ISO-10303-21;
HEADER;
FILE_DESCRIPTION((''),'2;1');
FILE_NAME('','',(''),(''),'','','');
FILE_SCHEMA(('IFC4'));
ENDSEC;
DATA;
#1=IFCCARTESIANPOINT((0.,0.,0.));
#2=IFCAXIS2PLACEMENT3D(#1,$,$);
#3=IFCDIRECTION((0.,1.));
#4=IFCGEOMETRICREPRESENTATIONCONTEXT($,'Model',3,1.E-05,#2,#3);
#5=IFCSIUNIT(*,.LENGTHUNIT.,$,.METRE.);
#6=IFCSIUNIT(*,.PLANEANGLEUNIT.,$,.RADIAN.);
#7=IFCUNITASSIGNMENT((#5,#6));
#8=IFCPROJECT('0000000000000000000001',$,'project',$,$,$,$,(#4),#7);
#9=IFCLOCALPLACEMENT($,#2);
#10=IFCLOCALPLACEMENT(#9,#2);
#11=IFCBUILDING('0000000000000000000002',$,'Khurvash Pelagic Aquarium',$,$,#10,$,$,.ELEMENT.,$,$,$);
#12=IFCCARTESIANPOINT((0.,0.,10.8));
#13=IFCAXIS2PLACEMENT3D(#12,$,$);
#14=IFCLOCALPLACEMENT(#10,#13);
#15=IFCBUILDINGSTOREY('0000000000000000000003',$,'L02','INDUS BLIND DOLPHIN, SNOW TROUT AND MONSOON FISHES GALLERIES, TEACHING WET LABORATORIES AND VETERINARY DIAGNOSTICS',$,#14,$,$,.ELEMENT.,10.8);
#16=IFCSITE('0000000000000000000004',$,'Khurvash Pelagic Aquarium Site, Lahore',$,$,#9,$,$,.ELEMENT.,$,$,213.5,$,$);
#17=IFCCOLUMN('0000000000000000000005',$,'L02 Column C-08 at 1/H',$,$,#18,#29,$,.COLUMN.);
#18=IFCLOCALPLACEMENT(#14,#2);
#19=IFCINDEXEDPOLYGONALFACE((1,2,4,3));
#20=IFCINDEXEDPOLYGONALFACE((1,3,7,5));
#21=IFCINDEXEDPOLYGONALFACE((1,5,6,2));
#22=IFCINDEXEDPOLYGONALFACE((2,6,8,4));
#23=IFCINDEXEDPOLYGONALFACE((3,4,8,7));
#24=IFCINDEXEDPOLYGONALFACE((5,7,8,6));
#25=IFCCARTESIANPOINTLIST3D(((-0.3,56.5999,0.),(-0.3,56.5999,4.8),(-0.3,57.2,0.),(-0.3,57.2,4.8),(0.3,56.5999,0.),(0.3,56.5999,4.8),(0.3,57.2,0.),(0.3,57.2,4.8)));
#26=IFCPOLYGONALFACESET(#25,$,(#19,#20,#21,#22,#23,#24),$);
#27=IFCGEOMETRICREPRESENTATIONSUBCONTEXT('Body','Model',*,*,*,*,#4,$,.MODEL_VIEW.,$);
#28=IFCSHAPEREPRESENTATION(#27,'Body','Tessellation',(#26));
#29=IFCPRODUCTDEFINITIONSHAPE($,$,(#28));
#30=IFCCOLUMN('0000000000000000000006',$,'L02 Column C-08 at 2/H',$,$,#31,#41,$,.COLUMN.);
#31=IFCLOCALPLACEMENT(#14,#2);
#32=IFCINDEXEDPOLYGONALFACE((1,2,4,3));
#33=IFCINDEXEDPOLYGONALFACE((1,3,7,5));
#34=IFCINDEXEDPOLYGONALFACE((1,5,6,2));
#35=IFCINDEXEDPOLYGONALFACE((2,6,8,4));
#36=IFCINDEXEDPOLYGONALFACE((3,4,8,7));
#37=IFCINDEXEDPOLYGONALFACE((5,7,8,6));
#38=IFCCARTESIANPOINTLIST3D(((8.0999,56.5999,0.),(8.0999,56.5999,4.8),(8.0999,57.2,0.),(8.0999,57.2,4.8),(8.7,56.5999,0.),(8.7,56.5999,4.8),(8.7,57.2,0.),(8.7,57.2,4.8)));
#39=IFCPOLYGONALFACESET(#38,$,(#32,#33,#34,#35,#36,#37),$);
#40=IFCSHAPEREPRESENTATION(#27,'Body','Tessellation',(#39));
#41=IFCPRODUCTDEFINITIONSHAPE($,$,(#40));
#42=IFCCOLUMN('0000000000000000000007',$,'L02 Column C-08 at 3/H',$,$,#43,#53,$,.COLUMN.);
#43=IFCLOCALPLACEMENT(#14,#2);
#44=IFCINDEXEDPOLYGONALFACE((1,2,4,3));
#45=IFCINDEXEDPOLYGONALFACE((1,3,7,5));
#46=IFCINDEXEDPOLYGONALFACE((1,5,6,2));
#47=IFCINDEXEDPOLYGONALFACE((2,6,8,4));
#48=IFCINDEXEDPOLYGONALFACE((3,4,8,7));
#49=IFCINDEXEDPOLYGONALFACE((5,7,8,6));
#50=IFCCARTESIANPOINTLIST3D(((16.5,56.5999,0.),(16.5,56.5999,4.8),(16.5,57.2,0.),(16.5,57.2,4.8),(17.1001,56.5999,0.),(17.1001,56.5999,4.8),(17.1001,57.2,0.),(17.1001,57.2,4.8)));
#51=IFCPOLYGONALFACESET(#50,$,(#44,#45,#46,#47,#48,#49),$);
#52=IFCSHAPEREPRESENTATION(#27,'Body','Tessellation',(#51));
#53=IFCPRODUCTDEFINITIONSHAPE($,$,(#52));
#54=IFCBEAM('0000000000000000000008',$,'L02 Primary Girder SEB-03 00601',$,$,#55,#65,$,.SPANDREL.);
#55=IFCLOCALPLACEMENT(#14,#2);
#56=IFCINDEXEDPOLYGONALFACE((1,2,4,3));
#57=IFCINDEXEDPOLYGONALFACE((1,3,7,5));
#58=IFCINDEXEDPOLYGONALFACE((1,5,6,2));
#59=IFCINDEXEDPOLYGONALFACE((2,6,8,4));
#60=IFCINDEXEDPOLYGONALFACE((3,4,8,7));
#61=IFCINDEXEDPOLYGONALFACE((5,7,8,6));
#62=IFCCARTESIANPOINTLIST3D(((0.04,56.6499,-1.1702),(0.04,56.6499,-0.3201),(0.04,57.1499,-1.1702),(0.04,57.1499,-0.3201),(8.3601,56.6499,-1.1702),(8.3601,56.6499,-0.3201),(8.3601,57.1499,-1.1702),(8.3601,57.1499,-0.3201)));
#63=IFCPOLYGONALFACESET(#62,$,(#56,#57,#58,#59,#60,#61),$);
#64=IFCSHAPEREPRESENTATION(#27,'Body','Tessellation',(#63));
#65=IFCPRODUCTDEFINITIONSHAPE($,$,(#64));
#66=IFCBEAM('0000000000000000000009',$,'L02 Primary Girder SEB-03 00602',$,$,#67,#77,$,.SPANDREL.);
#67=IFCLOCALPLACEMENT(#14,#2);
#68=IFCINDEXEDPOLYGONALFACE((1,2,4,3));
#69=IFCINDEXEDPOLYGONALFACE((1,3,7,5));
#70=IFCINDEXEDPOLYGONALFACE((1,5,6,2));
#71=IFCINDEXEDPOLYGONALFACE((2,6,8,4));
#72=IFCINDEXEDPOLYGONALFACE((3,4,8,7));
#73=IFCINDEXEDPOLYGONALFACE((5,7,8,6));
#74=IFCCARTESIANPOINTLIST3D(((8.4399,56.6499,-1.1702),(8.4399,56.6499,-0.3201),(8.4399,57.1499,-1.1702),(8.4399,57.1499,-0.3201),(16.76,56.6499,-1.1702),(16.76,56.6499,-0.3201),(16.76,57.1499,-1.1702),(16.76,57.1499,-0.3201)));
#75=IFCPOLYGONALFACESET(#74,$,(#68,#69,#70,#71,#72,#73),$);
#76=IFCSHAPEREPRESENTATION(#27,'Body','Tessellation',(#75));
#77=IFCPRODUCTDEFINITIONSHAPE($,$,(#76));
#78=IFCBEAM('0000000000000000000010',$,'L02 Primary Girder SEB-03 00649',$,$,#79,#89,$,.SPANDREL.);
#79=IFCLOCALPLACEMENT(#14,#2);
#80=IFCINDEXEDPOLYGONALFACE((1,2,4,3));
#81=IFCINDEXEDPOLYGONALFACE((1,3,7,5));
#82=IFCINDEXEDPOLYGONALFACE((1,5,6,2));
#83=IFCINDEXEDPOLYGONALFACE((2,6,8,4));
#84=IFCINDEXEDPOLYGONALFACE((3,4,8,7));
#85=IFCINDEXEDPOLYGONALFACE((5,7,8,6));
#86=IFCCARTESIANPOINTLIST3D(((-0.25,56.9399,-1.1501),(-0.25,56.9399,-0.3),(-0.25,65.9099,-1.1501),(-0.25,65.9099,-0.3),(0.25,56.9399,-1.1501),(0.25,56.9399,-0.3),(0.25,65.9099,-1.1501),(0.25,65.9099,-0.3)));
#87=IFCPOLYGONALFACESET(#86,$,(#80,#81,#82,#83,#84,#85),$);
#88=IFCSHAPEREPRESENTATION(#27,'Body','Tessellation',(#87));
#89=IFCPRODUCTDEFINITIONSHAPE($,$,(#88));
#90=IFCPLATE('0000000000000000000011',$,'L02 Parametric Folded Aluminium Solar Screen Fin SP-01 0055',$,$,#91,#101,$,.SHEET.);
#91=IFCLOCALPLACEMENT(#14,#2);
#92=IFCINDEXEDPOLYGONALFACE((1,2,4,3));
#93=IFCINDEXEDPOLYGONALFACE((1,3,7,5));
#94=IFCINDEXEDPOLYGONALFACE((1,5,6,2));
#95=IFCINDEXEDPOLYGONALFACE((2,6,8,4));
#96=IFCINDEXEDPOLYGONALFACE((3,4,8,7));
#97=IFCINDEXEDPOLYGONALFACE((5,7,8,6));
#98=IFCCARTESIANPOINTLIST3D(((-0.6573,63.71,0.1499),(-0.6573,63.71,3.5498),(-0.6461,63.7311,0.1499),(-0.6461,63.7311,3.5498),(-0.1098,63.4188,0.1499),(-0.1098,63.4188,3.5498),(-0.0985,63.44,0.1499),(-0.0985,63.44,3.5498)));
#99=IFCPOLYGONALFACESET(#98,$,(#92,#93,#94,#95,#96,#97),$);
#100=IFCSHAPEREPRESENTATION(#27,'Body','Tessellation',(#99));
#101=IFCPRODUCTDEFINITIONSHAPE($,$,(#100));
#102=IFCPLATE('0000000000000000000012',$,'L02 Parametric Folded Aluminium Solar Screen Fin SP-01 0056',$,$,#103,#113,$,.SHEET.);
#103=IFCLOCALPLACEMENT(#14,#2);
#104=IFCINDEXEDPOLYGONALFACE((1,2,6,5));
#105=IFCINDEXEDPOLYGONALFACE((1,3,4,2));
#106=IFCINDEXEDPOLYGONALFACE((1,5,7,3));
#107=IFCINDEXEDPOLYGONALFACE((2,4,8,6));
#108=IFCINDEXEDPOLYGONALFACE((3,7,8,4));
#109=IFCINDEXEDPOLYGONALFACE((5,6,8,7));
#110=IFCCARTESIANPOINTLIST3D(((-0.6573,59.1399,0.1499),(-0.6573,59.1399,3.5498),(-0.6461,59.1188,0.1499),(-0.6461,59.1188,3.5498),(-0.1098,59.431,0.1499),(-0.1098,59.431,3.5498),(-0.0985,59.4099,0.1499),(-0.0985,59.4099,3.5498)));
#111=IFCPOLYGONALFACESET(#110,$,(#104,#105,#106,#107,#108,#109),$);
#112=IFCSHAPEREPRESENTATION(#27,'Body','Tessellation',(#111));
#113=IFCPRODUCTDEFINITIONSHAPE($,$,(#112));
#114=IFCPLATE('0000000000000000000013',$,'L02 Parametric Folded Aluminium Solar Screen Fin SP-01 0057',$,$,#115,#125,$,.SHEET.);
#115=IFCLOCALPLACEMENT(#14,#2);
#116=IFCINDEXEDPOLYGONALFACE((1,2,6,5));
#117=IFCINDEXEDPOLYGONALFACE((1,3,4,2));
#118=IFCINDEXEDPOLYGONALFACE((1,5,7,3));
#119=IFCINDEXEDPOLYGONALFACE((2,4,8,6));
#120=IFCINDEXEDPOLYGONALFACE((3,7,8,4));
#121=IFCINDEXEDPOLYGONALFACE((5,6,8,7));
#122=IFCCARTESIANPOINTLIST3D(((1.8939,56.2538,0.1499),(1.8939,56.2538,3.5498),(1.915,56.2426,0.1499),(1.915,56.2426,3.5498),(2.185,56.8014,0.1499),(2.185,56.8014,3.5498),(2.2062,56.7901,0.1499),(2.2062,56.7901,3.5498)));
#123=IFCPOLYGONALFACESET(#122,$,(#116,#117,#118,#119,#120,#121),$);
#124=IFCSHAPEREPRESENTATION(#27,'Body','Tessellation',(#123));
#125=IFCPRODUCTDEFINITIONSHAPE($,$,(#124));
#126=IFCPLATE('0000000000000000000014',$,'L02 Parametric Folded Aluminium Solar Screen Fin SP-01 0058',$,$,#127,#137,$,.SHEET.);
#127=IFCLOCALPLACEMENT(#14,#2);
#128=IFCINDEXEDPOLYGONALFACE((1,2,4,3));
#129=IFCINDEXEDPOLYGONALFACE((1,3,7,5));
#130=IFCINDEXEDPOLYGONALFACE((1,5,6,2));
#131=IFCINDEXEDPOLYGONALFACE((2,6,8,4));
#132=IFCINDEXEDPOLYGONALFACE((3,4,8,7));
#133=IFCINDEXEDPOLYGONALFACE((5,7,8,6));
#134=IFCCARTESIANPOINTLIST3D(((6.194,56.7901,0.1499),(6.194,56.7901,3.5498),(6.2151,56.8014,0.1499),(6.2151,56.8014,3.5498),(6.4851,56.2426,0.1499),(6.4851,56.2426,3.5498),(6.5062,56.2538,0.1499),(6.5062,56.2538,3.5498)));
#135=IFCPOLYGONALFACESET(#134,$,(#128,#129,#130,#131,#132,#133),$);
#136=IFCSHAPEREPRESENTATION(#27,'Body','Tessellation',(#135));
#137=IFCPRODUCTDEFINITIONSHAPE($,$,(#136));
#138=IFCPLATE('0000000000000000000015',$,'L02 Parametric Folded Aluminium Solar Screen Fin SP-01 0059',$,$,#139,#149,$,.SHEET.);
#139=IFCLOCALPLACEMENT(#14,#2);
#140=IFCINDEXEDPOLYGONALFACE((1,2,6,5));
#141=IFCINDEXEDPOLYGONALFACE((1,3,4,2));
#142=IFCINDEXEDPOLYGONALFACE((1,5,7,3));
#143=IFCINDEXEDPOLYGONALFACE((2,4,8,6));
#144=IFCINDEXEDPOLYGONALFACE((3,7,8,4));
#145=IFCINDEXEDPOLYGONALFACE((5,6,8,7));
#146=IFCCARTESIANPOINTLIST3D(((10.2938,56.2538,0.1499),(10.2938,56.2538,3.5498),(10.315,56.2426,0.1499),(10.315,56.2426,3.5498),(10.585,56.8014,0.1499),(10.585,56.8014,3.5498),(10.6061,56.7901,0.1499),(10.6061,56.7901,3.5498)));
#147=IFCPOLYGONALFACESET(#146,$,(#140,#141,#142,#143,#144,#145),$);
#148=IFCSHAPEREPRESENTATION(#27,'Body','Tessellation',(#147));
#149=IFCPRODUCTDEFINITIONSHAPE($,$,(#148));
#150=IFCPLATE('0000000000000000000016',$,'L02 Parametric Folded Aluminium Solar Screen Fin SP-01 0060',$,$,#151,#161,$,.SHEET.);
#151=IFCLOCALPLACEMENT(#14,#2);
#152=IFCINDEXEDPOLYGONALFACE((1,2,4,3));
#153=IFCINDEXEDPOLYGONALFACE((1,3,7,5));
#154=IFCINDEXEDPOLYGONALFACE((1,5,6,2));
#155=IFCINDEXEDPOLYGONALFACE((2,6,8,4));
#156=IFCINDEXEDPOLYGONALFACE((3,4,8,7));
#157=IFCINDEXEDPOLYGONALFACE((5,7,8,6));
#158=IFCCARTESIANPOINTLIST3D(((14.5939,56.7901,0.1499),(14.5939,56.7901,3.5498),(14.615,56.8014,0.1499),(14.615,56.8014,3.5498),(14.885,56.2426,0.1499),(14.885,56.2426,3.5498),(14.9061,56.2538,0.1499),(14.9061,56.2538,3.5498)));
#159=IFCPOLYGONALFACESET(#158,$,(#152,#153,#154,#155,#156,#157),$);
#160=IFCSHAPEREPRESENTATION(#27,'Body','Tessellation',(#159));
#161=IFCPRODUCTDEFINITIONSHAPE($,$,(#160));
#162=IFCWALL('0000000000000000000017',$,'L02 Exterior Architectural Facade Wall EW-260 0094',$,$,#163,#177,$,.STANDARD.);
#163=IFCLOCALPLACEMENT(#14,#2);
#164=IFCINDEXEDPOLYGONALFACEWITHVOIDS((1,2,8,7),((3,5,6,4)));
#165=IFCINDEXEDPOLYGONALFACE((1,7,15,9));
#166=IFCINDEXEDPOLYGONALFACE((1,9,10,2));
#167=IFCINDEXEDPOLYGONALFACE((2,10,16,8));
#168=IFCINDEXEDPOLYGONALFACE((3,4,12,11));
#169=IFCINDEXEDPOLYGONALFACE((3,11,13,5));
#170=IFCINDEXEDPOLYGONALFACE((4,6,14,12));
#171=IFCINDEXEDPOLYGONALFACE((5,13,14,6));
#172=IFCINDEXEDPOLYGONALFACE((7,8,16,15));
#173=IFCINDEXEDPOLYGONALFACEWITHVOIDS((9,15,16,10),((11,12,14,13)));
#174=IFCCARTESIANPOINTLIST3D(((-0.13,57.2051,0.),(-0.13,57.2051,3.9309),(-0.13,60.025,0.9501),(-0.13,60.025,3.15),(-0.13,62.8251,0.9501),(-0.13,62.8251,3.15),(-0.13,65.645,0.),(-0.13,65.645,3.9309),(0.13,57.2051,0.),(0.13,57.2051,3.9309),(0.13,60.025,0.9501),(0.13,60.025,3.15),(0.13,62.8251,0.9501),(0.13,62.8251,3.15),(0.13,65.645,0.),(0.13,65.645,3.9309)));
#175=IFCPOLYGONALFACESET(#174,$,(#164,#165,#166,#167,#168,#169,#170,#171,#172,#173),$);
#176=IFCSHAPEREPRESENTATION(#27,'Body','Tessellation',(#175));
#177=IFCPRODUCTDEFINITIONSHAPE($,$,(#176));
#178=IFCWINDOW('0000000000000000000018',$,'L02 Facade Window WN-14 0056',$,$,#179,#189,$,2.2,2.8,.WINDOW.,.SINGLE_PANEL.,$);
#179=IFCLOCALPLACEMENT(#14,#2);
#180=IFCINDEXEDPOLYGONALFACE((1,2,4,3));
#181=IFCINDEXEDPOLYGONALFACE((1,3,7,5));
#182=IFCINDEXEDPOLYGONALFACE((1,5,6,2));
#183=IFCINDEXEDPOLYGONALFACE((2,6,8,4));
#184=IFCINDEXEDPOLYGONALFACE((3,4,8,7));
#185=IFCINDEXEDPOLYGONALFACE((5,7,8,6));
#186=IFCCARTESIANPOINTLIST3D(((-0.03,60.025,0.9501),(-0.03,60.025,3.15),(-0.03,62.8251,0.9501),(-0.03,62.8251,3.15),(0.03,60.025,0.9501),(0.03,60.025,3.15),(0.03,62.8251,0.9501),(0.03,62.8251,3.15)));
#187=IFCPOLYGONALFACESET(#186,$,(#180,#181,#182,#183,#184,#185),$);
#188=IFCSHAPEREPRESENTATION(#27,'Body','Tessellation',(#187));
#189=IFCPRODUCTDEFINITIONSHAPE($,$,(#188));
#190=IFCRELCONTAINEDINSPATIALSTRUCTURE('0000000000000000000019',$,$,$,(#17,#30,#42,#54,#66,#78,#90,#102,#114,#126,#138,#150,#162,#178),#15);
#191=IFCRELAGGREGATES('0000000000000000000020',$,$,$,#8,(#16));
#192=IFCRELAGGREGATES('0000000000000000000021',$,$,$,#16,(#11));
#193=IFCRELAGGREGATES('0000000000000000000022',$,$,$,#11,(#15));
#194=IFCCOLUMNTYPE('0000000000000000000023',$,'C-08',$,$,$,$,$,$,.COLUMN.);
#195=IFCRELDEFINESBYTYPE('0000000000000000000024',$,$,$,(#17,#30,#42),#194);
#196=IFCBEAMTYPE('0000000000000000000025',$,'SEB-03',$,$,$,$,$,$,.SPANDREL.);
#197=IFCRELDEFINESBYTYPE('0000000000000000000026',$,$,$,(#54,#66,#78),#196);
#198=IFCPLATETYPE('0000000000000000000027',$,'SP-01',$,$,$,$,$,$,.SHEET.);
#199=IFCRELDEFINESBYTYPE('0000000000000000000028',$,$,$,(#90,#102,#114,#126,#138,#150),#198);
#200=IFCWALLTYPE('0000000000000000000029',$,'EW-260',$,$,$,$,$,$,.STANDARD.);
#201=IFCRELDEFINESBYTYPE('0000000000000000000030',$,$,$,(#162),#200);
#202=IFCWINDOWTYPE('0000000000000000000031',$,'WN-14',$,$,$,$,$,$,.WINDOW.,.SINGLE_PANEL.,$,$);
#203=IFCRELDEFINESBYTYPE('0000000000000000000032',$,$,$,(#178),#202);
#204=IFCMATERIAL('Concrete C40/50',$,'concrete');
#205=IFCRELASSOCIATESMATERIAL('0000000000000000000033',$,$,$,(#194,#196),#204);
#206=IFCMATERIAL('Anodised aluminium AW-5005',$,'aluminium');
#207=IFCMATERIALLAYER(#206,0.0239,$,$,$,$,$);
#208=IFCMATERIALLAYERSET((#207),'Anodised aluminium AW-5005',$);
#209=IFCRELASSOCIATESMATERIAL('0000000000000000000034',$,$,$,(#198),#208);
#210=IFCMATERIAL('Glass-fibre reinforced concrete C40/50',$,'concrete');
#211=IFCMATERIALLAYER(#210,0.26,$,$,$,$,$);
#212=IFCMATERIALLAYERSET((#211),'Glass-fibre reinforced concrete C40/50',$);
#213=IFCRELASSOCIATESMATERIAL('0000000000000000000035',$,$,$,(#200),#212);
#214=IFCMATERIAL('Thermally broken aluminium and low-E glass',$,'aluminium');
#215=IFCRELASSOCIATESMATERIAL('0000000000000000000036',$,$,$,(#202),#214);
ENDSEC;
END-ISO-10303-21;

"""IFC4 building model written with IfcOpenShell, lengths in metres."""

from ifc_helpers import new_model, si_unit, direction, frame, frame_2d, origin, origin_2d, place, context, subcontext, project, spatial, rectangle, extrude, material, layer, layer_set, material_profile, profile_set, type_object, element, fill, save


model = new_model("IFC4")

# Units and contexts
model_context = context("Model", 3, precision=1e-05, world=origin(), true_north=direction((0.0, 1.0)))
body_context = subcontext(model_context, "Body", "Model", "MODEL_VIEW")
ifc_project = project(units=[si_unit("LENGTHUNIT", "METRE"), si_unit("PLANEANGLEUNIT", "RADIAN")], contexts=[model_context])

# Site, building, storey
site_placement = place(None, origin())
site = spatial("IfcSite", under=ifc_project, at=site_placement, Name="Khurvash Pelagic Aquarium Site, Lahore", CompositionType="ELEMENT", RefElevation=213.5)
building_placement = place(site_placement, origin())
building = spatial("IfcBuilding", under=site, at=building_placement, Name="Khurvash Pelagic Aquarium", CompositionType="ELEMENT")
storey_placement = place(building_placement, frame((0.0, 0.0, 10.8)))
storey = spatial("IfcBuildingStorey", under=building, at=storey_placement, Name="L02", Description="INDUS BLIND DOLPHIN, SNOW TROUT AND MONSOON FISHES GALLERIES, TEACHING WET LABORATORIES AND VETERINARY DIAGNOSTICS", CompositionType="ELEMENT", Elevation=10.8)

# Columns
ifc_material_1 = material(Name="Concrete C40/50", Category="concrete")
ifc_material_profile_1 = material_profile(ifc_material_1, rectangle(XDim=0.6001, YDim=0.6001, at=origin_2d()), Name="RC600X600")
ifc_profile_set_1 = profile_set([ifc_material_profile_1], Name="Concrete C40/50")
column_type = type_object("IfcColumnType", Name="C-08", PredefinedType="COLUMN", material=ifc_profile_set_1)
for number, where, z_axis, x_axis, name in (
    (1, (0.0, 56.8999, 0.0), (0.0, 0.0, 1.0), (1.0, 0.0, 0.0), "L02 Column C-08 at 1/H"),
    (2, (8.3999, 56.8999, 0.0), (0.0, 0.0, 1.0), (1.0, 0.0, 0.0), "L02 Column C-08 at 2/H"),
    (3, (16.8, 56.8999, 0.0), (0.0, 0.0, 1.0), (1.0, 0.0, 0.0), "L02 Column C-08 at 3/H"),
):
    element("IfcColumn", number, at=place(storey_placement, frame(where, z_axis=z_axis, x_axis=x_axis)), inside=storey, type_object=column_type, Name=name, PredefinedType="COLUMN", context=body_context, shape_type="SweptSolid", body=[
        extrude(rectangle(XDim=0.6001, YDim=0.6001, at=origin_2d()), origin(), (0.0, 0.0, 1.0), 4.8),
    ])

# Beams
ifc_material_profile_2 = material_profile(ifc_material_1, rectangle(XDim=0.5, YDim=0.8501, at=origin_2d()), Name="RC500X850")
ifc_profile_set_2 = profile_set([ifc_material_profile_2], Name="Concrete C40/50")
beam_type = type_object("IfcBeamType", Name="SEB-03", PredefinedType="SPANDREL", material=ifc_profile_set_2)
for number, where, z_axis, x_axis, name in (
    (4, (0.04, 56.8999, -0.7451), (1.0, 0.0, 0.0), (0.0, 1.0, 0.0), "L02 Primary Girder SEB-03 00601"),
    (5, (8.4399, 56.8999, -0.7451), (1.0, 0.0, 0.0), (0.0, 1.0, 0.0), "L02 Primary Girder SEB-03 00602"),
):
    element("IfcBeam", number, at=place(storey_placement, frame(where, z_axis=z_axis, x_axis=x_axis)), inside=storey, type_object=beam_type, Name=name, PredefinedType="SPANDREL", context=body_context, shape_type="SweptSolid", body=[
        extrude(rectangle(XDim=0.5, YDim=0.8501, at=origin_2d()), origin(), (0.0, 0.0, 1.0), 8.3201),
    ])
beam_placement = place(storey_placement, frame((0.0, 56.9399, -0.7251), z_axis=(0.0, 1.0, 0.0), x_axis=(-1.0, 0.0, 0.0)))
element("IfcBeam", 6, at=beam_placement, inside=storey, type_object=beam_type, Name="L02 Primary Girder SEB-03 00649", PredefinedType="SPANDREL", context=body_context, shape_type="SweptSolid", body=[
    extrude(rectangle(XDim=0.5, YDim=0.8501, at=origin_2d()), origin(), (0.0, 0.0, 1.0), 8.97),
])

# Plates
ifc_material_2 = material(Name="Anodised aluminium AW-5005", Category="aluminium")
ifc_layer_1 = layer(ifc_material_2, 0.0239)
ifc_layer_set_1 = layer_set([ifc_layer_1], Name="Anodised aluminium AW-5005")
plate_type = type_object("IfcPlateType", Name="SP-01", PredefinedType="SHEET", material=ifc_layer_set_1)
for number, where, z_axis, x_axis, name in (
    (7, (-0.3779, 63.575, 0.1499), (0.0, 0.0, 1.0), (-0.882948, 0.469472, 0.0), "L02 Parametric Folded Aluminium Solar Screen Fin SP-01 0055"),
    (8, (-0.3779, 59.2749, 0.1499), (0.0, 0.0, 1.0), (-0.882948, -0.469472, 0.0), "L02 Parametric Folded Aluminium Solar Screen Fin SP-01 0056"),
    (9, (2.05, 56.522, 0.1499), (0.0, 0.0, 1.0), (-0.469472, -0.882948, 0.0), "L02 Parametric Folded Aluminium Solar Screen Fin SP-01 0057"),
    (10, (6.3501, 56.522, 0.1499), (0.0, 0.0, 1.0), (0.469472, -0.882948, 0.0), "L02 Parametric Folded Aluminium Solar Screen Fin SP-01 0058"),
    (11, (10.45, 56.522, 0.1499), (0.0, 0.0, 1.0), (-0.469472, -0.882948, 0.0), "L02 Parametric Folded Aluminium Solar Screen Fin SP-01 0059"),
    (12, (14.75, 56.522, 0.1499), (0.0, 0.0, 1.0), (0.469472, -0.882948, 0.0), "L02 Parametric Folded Aluminium Solar Screen Fin SP-01 0060"),
):
    element("IfcPlate", number, at=place(storey_placement, frame(where, z_axis=z_axis, x_axis=x_axis)), inside=storey, type_object=plate_type, Name=name, PredefinedType="SHEET", context=body_context, shape_type="SweptSolid", body=[
        extrude(rectangle(XDim=0.6201, YDim=0.0239, at=origin_2d()), origin(), (0.0, 0.0, 1.0), 3.3999),
    ])

# Wall, opening, window
ifc_material_3 = material(Name="Glass-fibre reinforced concrete C40/50", Category="concrete")
ifc_layer_2 = layer(ifc_material_3, 0.26)
ifc_layer_set_2 = layer_set([ifc_layer_2], Name="Glass-fibre reinforced concrete C40/50")
wall_type = type_object("IfcWallType", Name="EW-260", PredefinedType="STANDARD", material=ifc_layer_set_2)
wall_1_placement = place(storey_placement, frame((0.0, 65.645, 0.0), z_axis=(0.0, 0.0, 1.0), x_axis=(0.0, -1.0, 0.0)))
wall_1 = element("IfcWall", 13, at=wall_1_placement, inside=storey, type_object=wall_type, Name="L02 Exterior Architectural Facade Wall EW-260 0094", PredefinedType="STANDARD", context=body_context, shape_type="SweptSolid", body=[
    extrude(rectangle(XDim=8.4399, YDim=0.26, at=frame_2d((4.22, 0.0))), origin(), (0.0, 0.0, 1.0), 3.9309),
])
opening_1_placement = place(wall_1_placement, frame((2.8201, 0.0, 0.95)))
opening_1 = element("IfcOpeningElement", 14, at=opening_1_placement, cuts=wall_1, PredefinedType="OPENING", context=body_context, shape_type="SweptSolid", body=[
    extrude(rectangle(XDim=2.8, YDim=2.2, at=frame_2d((1.3999, 1.1001))), frame((0.0, 0.1401, 0.0), z_axis=(0.0, -1.0, 0.0), x_axis=(1.0, 0.0, 0.0)), (0.0, 0.0, 1.0), 0.28),
])
ifc_material_4 = material(Name="Thermally broken aluminium and low-E glass", Category="aluminium")
window_type_1 = type_object("IfcWindowType", Name="WN-14", PartitioningType="SINGLE_PANEL", PredefinedType="WINDOW", material=ifc_material_4)
window_1_placement = place(opening_1_placement, origin())
window_1 = element("IfcWindow", 15, at=window_1_placement, inside=storey, type_object=window_type_1, Name="L02 Facade Window WN-14 0056", OverallHeight=2.2, OverallWidth=2.8, PartitioningType="SINGLE_PANEL", PredefinedType="WINDOW", context=body_context, shape_type="SweptSolid", body=[
    extrude(rectangle(XDim=2.8, YDim=2.2, at=frame_2d((1.3999, 1.1001))), frame((0.0, 0.03, 0.0), z_axis=(0.0, -1.0, 0.0), x_axis=(1.0, 0.0, 0.0)), (0.0, 0.0, 1.0), 0.0601),
])
fill(opening_1, window_1)

save(model, "model.ifc")
